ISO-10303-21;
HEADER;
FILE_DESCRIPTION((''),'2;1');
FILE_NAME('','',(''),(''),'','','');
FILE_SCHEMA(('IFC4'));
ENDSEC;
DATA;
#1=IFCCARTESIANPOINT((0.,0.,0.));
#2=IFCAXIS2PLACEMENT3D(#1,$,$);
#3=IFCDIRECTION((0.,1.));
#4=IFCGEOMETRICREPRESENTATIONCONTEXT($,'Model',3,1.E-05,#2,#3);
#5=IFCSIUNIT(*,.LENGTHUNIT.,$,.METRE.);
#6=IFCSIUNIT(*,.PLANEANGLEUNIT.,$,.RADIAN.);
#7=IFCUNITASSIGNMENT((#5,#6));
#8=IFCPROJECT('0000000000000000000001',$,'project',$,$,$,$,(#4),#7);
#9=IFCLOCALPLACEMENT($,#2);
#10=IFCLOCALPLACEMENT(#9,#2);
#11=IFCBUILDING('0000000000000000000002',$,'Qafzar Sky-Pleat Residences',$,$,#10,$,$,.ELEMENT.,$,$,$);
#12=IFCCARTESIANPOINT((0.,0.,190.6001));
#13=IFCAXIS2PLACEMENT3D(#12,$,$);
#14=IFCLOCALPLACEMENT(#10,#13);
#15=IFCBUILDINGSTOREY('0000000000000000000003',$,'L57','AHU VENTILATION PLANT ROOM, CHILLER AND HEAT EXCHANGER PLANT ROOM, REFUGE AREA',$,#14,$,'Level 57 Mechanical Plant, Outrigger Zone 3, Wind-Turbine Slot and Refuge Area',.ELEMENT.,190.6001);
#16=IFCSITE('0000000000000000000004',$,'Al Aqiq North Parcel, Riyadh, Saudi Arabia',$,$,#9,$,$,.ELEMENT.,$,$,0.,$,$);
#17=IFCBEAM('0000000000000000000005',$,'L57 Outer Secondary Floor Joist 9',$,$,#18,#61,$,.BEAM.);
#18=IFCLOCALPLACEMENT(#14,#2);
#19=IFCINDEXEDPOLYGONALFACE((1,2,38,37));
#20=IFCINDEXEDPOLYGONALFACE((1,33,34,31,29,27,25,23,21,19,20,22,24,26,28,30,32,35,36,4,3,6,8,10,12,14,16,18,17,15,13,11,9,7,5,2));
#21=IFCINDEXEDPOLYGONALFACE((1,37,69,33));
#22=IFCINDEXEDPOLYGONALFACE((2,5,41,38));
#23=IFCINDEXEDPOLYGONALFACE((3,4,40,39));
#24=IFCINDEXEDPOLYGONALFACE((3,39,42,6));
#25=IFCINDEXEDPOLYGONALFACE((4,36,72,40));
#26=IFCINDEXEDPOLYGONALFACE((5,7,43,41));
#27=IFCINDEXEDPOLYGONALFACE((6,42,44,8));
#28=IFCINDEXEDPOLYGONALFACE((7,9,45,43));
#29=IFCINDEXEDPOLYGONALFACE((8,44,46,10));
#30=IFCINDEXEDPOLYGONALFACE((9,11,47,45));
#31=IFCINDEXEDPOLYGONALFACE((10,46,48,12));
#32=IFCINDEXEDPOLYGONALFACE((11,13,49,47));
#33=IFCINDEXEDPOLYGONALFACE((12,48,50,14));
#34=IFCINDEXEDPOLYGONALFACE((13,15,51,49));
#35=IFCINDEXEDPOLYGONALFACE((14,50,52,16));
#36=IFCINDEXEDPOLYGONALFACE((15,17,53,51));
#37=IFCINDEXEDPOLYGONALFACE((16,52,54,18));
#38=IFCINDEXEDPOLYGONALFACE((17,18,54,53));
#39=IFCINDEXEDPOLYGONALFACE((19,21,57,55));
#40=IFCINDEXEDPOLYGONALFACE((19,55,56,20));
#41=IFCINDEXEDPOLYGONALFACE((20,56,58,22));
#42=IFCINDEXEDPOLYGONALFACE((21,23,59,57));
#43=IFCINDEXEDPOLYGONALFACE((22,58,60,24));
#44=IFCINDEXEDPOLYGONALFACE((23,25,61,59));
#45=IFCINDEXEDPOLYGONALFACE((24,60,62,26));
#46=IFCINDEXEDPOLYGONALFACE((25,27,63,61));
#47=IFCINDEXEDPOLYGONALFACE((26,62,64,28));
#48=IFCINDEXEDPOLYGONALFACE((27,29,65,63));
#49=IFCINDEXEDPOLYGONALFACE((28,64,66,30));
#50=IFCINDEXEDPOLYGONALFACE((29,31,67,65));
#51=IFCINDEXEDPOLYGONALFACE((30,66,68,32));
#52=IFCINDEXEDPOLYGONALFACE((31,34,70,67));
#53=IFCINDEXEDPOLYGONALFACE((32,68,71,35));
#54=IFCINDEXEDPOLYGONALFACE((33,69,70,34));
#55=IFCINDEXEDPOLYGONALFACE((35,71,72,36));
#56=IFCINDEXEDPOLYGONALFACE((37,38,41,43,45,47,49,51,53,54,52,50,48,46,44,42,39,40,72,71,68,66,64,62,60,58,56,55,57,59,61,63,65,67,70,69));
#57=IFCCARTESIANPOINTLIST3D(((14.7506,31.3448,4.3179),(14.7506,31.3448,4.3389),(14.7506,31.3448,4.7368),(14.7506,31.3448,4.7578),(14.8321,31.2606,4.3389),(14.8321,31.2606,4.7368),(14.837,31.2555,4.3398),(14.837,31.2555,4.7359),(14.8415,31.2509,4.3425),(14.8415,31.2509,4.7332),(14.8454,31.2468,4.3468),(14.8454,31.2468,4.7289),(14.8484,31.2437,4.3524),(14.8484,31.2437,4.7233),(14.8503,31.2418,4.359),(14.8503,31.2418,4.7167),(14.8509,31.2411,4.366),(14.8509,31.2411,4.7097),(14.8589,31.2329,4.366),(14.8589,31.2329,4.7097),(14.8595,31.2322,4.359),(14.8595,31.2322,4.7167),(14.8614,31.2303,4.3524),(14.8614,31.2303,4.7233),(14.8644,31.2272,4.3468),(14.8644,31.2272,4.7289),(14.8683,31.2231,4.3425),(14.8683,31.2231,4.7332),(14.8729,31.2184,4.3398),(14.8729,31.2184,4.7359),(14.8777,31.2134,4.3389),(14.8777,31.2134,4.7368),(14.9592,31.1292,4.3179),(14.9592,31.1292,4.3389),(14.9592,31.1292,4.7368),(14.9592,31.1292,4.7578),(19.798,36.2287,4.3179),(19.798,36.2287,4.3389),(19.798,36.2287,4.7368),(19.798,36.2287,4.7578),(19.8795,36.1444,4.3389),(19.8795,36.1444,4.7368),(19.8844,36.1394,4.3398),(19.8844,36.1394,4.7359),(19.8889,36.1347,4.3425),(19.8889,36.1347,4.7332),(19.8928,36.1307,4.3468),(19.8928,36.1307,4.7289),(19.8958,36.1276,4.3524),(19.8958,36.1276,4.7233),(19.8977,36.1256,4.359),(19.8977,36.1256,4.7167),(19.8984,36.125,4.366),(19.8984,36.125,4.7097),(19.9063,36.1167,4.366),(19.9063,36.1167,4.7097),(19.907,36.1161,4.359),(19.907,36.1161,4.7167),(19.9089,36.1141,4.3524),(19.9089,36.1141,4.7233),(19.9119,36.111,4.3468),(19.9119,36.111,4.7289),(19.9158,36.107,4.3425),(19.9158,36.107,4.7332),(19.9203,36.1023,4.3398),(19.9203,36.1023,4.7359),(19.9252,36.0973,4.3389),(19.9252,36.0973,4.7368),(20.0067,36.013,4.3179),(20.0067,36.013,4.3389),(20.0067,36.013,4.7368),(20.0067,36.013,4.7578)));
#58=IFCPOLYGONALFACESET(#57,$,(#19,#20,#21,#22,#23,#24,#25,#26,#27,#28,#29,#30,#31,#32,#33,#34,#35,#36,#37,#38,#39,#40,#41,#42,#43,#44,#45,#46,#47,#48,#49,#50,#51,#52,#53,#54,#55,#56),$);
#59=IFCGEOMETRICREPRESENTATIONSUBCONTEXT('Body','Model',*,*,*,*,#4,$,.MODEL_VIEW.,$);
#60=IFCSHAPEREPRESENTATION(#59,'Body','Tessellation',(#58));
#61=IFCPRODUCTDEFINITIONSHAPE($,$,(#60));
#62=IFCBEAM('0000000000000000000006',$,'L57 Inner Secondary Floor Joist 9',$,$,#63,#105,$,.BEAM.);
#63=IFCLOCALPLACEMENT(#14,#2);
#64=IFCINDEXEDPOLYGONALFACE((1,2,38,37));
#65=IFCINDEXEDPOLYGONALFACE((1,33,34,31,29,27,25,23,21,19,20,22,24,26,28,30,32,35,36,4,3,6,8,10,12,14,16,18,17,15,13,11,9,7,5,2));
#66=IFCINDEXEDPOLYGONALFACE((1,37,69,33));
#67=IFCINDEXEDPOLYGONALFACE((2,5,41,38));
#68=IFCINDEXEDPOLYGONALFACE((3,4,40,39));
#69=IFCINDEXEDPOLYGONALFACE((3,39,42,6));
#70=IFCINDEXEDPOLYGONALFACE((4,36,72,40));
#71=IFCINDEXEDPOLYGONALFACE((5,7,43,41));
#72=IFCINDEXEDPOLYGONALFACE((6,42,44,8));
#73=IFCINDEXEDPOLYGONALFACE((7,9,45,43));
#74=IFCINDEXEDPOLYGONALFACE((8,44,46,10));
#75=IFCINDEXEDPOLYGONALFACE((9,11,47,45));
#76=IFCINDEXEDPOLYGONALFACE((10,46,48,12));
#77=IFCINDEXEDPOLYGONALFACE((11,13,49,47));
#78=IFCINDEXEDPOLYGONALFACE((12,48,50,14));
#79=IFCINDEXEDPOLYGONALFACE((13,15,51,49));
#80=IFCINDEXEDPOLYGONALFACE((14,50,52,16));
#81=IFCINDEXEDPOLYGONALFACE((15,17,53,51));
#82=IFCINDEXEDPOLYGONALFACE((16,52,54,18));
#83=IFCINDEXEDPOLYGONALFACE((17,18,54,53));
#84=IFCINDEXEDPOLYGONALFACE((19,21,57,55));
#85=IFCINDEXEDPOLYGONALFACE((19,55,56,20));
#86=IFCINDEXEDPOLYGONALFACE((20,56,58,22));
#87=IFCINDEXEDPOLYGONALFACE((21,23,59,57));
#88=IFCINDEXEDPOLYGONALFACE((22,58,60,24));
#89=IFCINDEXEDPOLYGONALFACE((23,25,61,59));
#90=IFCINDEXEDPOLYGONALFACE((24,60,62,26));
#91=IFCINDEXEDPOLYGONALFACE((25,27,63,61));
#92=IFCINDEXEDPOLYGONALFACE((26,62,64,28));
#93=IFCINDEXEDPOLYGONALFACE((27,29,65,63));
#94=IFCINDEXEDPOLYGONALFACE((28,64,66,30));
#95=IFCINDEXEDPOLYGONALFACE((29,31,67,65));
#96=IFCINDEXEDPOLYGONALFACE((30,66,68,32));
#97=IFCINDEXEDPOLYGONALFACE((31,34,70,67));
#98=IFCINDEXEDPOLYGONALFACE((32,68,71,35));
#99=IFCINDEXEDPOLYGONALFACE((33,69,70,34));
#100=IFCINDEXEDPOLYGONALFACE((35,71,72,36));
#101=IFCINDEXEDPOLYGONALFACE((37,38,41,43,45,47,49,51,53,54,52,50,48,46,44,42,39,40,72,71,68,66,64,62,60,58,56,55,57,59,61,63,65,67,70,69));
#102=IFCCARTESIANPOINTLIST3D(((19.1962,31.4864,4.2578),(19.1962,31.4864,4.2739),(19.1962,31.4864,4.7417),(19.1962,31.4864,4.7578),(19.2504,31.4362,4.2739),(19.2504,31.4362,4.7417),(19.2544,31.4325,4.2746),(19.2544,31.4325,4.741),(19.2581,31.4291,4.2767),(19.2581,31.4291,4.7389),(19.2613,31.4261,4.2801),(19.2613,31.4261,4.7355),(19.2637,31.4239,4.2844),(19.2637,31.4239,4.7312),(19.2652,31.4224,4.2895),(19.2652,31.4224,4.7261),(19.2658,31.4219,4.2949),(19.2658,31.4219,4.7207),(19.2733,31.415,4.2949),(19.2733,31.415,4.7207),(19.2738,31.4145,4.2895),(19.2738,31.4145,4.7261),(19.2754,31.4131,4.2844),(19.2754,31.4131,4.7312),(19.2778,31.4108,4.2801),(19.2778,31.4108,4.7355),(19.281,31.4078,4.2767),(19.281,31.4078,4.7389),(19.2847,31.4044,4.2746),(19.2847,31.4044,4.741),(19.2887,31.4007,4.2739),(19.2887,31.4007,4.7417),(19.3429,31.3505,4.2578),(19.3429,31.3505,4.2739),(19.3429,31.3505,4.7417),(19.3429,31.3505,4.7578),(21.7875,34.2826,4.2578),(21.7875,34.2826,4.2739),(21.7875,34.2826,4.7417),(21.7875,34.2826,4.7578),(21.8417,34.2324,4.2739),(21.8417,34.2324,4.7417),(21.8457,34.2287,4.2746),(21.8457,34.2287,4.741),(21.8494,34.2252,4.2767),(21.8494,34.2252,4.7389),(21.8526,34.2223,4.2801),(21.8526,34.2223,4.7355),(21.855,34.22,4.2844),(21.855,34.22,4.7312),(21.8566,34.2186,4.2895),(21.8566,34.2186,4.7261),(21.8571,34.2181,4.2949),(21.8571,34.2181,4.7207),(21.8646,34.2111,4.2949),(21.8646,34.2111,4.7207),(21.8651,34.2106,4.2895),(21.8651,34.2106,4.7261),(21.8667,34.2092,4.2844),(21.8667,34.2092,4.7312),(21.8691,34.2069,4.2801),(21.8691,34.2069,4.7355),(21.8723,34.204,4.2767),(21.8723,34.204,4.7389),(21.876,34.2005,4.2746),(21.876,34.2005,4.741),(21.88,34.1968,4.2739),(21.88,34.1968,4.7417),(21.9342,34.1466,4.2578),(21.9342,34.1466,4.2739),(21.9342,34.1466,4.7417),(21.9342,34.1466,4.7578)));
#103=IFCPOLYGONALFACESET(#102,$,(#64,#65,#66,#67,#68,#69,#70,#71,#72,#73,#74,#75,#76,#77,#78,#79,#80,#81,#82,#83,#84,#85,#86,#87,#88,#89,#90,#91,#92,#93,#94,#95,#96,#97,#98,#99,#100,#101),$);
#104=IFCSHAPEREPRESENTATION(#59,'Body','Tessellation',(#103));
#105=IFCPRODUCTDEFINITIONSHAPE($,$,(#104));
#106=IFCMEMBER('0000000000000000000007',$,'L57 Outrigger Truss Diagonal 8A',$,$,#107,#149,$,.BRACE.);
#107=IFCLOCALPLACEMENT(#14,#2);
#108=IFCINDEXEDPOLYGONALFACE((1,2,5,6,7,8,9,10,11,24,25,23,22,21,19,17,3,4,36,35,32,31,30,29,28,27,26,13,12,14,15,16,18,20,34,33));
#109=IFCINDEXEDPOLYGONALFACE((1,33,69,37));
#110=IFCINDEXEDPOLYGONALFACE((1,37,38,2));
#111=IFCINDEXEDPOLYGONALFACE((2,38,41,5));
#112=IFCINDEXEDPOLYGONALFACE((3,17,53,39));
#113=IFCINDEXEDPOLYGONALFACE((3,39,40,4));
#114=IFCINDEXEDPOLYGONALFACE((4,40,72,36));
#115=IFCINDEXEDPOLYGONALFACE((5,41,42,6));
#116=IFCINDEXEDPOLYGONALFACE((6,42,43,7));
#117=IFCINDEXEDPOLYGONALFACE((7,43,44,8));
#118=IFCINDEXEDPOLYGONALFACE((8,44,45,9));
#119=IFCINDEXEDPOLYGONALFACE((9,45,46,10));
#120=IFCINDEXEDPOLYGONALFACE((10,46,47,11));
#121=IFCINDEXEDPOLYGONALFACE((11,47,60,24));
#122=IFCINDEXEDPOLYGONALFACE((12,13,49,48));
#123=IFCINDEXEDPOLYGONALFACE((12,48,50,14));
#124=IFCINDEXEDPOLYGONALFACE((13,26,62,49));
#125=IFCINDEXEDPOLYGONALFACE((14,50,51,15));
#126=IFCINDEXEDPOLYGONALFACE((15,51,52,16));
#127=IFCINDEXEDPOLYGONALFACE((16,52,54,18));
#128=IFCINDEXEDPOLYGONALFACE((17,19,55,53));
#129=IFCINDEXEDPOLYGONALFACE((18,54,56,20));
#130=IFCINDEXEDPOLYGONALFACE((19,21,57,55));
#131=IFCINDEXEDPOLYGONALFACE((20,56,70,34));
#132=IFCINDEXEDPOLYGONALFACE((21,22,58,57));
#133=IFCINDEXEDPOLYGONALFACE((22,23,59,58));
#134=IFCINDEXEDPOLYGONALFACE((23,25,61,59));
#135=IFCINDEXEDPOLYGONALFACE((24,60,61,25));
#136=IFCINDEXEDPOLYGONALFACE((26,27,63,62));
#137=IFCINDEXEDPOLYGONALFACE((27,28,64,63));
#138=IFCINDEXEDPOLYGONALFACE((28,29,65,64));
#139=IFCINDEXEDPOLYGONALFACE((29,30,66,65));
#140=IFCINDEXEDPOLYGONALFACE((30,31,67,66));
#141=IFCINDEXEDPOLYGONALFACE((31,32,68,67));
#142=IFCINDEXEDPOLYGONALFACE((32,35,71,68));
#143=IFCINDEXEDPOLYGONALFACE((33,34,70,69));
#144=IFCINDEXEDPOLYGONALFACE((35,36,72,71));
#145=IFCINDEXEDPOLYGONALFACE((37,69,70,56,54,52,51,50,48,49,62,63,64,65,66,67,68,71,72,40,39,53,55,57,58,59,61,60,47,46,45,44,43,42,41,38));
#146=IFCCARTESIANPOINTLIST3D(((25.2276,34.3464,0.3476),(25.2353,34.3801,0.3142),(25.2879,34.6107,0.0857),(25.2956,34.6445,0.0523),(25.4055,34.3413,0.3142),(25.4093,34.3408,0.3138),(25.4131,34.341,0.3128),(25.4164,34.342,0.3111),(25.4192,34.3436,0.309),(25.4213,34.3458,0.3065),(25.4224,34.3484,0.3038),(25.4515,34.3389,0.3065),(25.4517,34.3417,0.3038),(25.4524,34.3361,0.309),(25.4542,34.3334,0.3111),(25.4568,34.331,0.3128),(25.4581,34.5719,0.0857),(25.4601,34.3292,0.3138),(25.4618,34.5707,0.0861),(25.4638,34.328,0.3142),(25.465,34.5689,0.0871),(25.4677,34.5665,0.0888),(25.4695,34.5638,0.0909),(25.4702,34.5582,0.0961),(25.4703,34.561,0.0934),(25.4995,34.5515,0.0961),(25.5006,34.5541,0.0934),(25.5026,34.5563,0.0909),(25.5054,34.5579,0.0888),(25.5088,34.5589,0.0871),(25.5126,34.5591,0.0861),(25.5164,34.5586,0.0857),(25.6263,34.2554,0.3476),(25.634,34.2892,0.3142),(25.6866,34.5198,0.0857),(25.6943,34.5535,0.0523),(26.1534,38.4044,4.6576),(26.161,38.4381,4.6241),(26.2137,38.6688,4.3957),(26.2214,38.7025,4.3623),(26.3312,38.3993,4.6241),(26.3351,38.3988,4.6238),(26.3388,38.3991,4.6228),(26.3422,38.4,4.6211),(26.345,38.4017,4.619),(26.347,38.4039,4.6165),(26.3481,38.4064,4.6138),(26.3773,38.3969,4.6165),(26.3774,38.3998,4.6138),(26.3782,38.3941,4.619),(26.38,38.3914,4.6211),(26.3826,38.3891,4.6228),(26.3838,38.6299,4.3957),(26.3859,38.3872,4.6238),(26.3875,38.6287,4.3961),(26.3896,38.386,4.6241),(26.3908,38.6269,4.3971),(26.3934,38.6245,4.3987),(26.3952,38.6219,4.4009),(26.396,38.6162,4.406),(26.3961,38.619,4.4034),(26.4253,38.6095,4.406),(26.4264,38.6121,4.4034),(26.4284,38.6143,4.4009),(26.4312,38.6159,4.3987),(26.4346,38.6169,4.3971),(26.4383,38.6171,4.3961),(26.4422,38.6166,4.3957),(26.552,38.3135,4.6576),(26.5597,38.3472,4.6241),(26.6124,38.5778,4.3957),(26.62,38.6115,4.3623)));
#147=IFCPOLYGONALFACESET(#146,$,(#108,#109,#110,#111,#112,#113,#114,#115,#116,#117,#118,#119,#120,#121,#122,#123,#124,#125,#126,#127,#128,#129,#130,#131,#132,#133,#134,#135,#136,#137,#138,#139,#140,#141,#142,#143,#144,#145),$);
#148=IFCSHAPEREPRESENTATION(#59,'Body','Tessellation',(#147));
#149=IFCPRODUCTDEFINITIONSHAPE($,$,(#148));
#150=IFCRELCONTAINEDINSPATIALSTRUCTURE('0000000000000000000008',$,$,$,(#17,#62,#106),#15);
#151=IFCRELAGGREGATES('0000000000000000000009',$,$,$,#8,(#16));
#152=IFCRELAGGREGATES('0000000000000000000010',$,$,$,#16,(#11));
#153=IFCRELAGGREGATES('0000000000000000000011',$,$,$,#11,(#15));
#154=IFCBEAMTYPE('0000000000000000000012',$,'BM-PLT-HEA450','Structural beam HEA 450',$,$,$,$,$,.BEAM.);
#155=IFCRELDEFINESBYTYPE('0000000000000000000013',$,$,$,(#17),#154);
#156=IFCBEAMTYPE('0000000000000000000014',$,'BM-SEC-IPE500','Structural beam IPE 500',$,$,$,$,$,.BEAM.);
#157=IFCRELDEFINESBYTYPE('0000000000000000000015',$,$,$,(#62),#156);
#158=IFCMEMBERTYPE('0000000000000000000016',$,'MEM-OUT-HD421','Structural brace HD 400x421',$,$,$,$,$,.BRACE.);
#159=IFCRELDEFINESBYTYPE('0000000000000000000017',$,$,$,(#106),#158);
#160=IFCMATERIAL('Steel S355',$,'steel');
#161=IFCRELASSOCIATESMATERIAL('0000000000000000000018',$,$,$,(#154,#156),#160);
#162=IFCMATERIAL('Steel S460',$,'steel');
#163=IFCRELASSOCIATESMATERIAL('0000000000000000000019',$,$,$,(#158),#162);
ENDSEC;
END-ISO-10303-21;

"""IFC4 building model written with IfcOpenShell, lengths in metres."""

from ifc_helpers import new_model, si_unit, direction, frame, origin, origin_2d, place, context, subcontext, project, spatial, i_section, extrude, source, transform, mapped, material, material_profile, profile_set, type_object, element, save


model = new_model("IFC4")

# Units and contexts
model_context = context("Model", 3, precision=1e-05, world=origin(), true_north=direction((0.0, 1.0)))
body_context = subcontext(model_context, "Body", "Model", "MODEL_VIEW")
ifc_project = project(units=[si_unit("LENGTHUNIT", "METRE"), si_unit("PLANEANGLEUNIT", "RADIAN")], contexts=[model_context])

# Site, building, storey
site_placement = place(None, origin())
site = spatial("IfcSite", under=ifc_project, at=site_placement, Name="Al Aqiq North Parcel, Riyadh, Saudi Arabia", CompositionType="ELEMENT", RefElevation=0.0)
building_placement = place(site_placement, origin())
building = spatial("IfcBuilding", under=site, at=building_placement, Name="Qafzar Sky-Pleat Residences", CompositionType="ELEMENT")
storey_placement = place(building_placement, frame((0.0, 0.0, 190.6001)))
storey = spatial("IfcBuildingStorey", under=building, at=storey_placement, Name="L57", Description="AHU VENTILATION PLANT ROOM, CHILLER AND HEAT EXCHANGER PLANT ROOM, REFUGE AREA", LongName="Level 57 Mechanical Plant, Outrigger Zone 3, Wind-Turbine Slot and Refuge Area", CompositionType="ELEMENT", Elevation=190.6001)

# Beams
ifc_material_1 = material(Name="Steel S355", Category="steel")
ifc_material_profile_1 = material_profile(ifc_material_1, i_section(OverallWidth=0.3, OverallDepth=0.4399, WebThickness=0.0115, FlangeThickness=0.021, FilletRadius=0.0271, at=origin_2d()), Name="HEA 450")
ifc_profile_set_1 = profile_set([ifc_material_profile_1], Name="Steel S355")
beam_type_1 = type_object("IfcBeamType", Name="BM-PLT-HEA450", Description="Structural beam HEA 450", PredefinedType="BEAM", material=ifc_profile_set_1)
shared_shape_1 = source(origin(), body_context, "Body", "SweptSolid", [
    extrude(i_section(OverallWidth=0.3, OverallDepth=0.4399, WebThickness=0.0115, FlangeThickness=0.021, FilletRadius=0.0271, at=origin_2d()), origin(), (0.0, 0.0, 1.0), 7.0234),
])
beam_1_placement = place(storey_placement, frame((19.9023, 36.1208, 4.5378), z_axis=(-0.718656, -0.695366, 0.0), x_axis=(0.695366, -0.718656, 0.0)))
element("IfcBeam", 1, at=beam_1_placement, inside=storey, type_object=beam_type_1, Name="L57 Outer Secondary Floor Joist 9", PredefinedType="BEAM", context=body_context, shape_type="MappedRepresentation", body=[
    mapped(shared_shape_1, transform((0.0, 0.0, 0.0), x_axis=(1.0, 0.0, 0.0), y_axis=(0.0, 1.0, 0.0), z_axis=(0.0, 0.0, 1.0), scale=1.0)),
])
ifc_material_profile_2 = material_profile(ifc_material_1, i_section(OverallWidth=0.2, OverallDepth=0.5, WebThickness=0.0103, FlangeThickness=0.0161, FilletRadius=0.021, at=origin_2d()), Name="IPE 500")
ifc_profile_set_2 = profile_set([ifc_material_profile_2], Name="Steel S355")
beam_type_2 = type_object("IfcBeamType", Name="BM-SEC-IPE500", Description="Structural beam IPE 500", PredefinedType="BEAM", material=ifc_profile_set_2)
shared_shape_2 = source(origin(), body_context, "Body", "SweptSolid", [
    extrude(i_section(OverallWidth=0.2, OverallDepth=0.5, WebThickness=0.0103, FlangeThickness=0.0161, FilletRadius=0.021, at=origin_2d()), origin(), (0.0, 0.0, 1.0), 3.8123),
])
beam_2_placement = place(storey_placement, frame((21.8608, 34.2146, 4.5078), z_axis=(-0.679731, -0.733461, 0.0), x_axis=(0.733461, -0.679731, 0.0)))
element("IfcBeam", 2, at=beam_2_placement, inside=storey, type_object=beam_type_2, Name="L57 Inner Secondary Floor Joist 9", PredefinedType="BEAM", context=body_context, shape_type="MappedRepresentation", body=[
    mapped(shared_shape_2, transform((0.0, 0.0, 0.0), x_axis=(1.0, 0.0, 0.0), y_axis=(0.0, 1.0, 0.0), z_axis=(0.0, 0.0, 1.0), scale=1.0)),
])

# Member
ifc_material_2 = material(Name="Steel S460", Category="steel")
ifc_material_profile_3 = material_profile(ifc_material_2, i_section(OverallWidth=0.4089, OverallDepth=0.425, WebThickness=0.03, FlangeThickness=0.0481, FilletRadius=0.0149, at=origin_2d()), Name="HD 400x421")
ifc_profile_set_3 = profile_set([ifc_material_profile_3], Name="Steel S460")
member_type = type_object("IfcMemberType", Name="MEM-OUT-HD421", Description="Structural brace HD 400x421", PredefinedType="BRACE", material=ifc_profile_set_3)
shared_shape_3 = source(origin(), body_context, "Body", "SweptSolid", [
    extrude(i_section(OverallWidth=0.4089, OverallDepth=0.425, WebThickness=0.03, FlangeThickness=0.0481, FilletRadius=0.0149, at=origin_2d()), origin(), (0.0, 0.0, 1.0), 5.9917),
])
member_placement = place(storey_placement, frame((25.4609, 34.45, 0.2), z_axis=(0.154508, 0.677274, 0.719324), x_axis=(-0.974952, 0.222417, 0.0)))
element("IfcMember", 3, at=member_placement, inside=storey, type_object=member_type, Name="L57 Outrigger Truss Diagonal 8A", PredefinedType="BRACE", context=body_context, shape_type="MappedRepresentation", body=[
    mapped(shared_shape_3, transform((0.0, 0.0, 0.0), x_axis=(1.0, 0.0, 0.0), y_axis=(0.0, 1.0, 0.0), z_axis=(0.0, 0.0, 1.0), scale=1.0)),
])

save(model, "model.ifc")
